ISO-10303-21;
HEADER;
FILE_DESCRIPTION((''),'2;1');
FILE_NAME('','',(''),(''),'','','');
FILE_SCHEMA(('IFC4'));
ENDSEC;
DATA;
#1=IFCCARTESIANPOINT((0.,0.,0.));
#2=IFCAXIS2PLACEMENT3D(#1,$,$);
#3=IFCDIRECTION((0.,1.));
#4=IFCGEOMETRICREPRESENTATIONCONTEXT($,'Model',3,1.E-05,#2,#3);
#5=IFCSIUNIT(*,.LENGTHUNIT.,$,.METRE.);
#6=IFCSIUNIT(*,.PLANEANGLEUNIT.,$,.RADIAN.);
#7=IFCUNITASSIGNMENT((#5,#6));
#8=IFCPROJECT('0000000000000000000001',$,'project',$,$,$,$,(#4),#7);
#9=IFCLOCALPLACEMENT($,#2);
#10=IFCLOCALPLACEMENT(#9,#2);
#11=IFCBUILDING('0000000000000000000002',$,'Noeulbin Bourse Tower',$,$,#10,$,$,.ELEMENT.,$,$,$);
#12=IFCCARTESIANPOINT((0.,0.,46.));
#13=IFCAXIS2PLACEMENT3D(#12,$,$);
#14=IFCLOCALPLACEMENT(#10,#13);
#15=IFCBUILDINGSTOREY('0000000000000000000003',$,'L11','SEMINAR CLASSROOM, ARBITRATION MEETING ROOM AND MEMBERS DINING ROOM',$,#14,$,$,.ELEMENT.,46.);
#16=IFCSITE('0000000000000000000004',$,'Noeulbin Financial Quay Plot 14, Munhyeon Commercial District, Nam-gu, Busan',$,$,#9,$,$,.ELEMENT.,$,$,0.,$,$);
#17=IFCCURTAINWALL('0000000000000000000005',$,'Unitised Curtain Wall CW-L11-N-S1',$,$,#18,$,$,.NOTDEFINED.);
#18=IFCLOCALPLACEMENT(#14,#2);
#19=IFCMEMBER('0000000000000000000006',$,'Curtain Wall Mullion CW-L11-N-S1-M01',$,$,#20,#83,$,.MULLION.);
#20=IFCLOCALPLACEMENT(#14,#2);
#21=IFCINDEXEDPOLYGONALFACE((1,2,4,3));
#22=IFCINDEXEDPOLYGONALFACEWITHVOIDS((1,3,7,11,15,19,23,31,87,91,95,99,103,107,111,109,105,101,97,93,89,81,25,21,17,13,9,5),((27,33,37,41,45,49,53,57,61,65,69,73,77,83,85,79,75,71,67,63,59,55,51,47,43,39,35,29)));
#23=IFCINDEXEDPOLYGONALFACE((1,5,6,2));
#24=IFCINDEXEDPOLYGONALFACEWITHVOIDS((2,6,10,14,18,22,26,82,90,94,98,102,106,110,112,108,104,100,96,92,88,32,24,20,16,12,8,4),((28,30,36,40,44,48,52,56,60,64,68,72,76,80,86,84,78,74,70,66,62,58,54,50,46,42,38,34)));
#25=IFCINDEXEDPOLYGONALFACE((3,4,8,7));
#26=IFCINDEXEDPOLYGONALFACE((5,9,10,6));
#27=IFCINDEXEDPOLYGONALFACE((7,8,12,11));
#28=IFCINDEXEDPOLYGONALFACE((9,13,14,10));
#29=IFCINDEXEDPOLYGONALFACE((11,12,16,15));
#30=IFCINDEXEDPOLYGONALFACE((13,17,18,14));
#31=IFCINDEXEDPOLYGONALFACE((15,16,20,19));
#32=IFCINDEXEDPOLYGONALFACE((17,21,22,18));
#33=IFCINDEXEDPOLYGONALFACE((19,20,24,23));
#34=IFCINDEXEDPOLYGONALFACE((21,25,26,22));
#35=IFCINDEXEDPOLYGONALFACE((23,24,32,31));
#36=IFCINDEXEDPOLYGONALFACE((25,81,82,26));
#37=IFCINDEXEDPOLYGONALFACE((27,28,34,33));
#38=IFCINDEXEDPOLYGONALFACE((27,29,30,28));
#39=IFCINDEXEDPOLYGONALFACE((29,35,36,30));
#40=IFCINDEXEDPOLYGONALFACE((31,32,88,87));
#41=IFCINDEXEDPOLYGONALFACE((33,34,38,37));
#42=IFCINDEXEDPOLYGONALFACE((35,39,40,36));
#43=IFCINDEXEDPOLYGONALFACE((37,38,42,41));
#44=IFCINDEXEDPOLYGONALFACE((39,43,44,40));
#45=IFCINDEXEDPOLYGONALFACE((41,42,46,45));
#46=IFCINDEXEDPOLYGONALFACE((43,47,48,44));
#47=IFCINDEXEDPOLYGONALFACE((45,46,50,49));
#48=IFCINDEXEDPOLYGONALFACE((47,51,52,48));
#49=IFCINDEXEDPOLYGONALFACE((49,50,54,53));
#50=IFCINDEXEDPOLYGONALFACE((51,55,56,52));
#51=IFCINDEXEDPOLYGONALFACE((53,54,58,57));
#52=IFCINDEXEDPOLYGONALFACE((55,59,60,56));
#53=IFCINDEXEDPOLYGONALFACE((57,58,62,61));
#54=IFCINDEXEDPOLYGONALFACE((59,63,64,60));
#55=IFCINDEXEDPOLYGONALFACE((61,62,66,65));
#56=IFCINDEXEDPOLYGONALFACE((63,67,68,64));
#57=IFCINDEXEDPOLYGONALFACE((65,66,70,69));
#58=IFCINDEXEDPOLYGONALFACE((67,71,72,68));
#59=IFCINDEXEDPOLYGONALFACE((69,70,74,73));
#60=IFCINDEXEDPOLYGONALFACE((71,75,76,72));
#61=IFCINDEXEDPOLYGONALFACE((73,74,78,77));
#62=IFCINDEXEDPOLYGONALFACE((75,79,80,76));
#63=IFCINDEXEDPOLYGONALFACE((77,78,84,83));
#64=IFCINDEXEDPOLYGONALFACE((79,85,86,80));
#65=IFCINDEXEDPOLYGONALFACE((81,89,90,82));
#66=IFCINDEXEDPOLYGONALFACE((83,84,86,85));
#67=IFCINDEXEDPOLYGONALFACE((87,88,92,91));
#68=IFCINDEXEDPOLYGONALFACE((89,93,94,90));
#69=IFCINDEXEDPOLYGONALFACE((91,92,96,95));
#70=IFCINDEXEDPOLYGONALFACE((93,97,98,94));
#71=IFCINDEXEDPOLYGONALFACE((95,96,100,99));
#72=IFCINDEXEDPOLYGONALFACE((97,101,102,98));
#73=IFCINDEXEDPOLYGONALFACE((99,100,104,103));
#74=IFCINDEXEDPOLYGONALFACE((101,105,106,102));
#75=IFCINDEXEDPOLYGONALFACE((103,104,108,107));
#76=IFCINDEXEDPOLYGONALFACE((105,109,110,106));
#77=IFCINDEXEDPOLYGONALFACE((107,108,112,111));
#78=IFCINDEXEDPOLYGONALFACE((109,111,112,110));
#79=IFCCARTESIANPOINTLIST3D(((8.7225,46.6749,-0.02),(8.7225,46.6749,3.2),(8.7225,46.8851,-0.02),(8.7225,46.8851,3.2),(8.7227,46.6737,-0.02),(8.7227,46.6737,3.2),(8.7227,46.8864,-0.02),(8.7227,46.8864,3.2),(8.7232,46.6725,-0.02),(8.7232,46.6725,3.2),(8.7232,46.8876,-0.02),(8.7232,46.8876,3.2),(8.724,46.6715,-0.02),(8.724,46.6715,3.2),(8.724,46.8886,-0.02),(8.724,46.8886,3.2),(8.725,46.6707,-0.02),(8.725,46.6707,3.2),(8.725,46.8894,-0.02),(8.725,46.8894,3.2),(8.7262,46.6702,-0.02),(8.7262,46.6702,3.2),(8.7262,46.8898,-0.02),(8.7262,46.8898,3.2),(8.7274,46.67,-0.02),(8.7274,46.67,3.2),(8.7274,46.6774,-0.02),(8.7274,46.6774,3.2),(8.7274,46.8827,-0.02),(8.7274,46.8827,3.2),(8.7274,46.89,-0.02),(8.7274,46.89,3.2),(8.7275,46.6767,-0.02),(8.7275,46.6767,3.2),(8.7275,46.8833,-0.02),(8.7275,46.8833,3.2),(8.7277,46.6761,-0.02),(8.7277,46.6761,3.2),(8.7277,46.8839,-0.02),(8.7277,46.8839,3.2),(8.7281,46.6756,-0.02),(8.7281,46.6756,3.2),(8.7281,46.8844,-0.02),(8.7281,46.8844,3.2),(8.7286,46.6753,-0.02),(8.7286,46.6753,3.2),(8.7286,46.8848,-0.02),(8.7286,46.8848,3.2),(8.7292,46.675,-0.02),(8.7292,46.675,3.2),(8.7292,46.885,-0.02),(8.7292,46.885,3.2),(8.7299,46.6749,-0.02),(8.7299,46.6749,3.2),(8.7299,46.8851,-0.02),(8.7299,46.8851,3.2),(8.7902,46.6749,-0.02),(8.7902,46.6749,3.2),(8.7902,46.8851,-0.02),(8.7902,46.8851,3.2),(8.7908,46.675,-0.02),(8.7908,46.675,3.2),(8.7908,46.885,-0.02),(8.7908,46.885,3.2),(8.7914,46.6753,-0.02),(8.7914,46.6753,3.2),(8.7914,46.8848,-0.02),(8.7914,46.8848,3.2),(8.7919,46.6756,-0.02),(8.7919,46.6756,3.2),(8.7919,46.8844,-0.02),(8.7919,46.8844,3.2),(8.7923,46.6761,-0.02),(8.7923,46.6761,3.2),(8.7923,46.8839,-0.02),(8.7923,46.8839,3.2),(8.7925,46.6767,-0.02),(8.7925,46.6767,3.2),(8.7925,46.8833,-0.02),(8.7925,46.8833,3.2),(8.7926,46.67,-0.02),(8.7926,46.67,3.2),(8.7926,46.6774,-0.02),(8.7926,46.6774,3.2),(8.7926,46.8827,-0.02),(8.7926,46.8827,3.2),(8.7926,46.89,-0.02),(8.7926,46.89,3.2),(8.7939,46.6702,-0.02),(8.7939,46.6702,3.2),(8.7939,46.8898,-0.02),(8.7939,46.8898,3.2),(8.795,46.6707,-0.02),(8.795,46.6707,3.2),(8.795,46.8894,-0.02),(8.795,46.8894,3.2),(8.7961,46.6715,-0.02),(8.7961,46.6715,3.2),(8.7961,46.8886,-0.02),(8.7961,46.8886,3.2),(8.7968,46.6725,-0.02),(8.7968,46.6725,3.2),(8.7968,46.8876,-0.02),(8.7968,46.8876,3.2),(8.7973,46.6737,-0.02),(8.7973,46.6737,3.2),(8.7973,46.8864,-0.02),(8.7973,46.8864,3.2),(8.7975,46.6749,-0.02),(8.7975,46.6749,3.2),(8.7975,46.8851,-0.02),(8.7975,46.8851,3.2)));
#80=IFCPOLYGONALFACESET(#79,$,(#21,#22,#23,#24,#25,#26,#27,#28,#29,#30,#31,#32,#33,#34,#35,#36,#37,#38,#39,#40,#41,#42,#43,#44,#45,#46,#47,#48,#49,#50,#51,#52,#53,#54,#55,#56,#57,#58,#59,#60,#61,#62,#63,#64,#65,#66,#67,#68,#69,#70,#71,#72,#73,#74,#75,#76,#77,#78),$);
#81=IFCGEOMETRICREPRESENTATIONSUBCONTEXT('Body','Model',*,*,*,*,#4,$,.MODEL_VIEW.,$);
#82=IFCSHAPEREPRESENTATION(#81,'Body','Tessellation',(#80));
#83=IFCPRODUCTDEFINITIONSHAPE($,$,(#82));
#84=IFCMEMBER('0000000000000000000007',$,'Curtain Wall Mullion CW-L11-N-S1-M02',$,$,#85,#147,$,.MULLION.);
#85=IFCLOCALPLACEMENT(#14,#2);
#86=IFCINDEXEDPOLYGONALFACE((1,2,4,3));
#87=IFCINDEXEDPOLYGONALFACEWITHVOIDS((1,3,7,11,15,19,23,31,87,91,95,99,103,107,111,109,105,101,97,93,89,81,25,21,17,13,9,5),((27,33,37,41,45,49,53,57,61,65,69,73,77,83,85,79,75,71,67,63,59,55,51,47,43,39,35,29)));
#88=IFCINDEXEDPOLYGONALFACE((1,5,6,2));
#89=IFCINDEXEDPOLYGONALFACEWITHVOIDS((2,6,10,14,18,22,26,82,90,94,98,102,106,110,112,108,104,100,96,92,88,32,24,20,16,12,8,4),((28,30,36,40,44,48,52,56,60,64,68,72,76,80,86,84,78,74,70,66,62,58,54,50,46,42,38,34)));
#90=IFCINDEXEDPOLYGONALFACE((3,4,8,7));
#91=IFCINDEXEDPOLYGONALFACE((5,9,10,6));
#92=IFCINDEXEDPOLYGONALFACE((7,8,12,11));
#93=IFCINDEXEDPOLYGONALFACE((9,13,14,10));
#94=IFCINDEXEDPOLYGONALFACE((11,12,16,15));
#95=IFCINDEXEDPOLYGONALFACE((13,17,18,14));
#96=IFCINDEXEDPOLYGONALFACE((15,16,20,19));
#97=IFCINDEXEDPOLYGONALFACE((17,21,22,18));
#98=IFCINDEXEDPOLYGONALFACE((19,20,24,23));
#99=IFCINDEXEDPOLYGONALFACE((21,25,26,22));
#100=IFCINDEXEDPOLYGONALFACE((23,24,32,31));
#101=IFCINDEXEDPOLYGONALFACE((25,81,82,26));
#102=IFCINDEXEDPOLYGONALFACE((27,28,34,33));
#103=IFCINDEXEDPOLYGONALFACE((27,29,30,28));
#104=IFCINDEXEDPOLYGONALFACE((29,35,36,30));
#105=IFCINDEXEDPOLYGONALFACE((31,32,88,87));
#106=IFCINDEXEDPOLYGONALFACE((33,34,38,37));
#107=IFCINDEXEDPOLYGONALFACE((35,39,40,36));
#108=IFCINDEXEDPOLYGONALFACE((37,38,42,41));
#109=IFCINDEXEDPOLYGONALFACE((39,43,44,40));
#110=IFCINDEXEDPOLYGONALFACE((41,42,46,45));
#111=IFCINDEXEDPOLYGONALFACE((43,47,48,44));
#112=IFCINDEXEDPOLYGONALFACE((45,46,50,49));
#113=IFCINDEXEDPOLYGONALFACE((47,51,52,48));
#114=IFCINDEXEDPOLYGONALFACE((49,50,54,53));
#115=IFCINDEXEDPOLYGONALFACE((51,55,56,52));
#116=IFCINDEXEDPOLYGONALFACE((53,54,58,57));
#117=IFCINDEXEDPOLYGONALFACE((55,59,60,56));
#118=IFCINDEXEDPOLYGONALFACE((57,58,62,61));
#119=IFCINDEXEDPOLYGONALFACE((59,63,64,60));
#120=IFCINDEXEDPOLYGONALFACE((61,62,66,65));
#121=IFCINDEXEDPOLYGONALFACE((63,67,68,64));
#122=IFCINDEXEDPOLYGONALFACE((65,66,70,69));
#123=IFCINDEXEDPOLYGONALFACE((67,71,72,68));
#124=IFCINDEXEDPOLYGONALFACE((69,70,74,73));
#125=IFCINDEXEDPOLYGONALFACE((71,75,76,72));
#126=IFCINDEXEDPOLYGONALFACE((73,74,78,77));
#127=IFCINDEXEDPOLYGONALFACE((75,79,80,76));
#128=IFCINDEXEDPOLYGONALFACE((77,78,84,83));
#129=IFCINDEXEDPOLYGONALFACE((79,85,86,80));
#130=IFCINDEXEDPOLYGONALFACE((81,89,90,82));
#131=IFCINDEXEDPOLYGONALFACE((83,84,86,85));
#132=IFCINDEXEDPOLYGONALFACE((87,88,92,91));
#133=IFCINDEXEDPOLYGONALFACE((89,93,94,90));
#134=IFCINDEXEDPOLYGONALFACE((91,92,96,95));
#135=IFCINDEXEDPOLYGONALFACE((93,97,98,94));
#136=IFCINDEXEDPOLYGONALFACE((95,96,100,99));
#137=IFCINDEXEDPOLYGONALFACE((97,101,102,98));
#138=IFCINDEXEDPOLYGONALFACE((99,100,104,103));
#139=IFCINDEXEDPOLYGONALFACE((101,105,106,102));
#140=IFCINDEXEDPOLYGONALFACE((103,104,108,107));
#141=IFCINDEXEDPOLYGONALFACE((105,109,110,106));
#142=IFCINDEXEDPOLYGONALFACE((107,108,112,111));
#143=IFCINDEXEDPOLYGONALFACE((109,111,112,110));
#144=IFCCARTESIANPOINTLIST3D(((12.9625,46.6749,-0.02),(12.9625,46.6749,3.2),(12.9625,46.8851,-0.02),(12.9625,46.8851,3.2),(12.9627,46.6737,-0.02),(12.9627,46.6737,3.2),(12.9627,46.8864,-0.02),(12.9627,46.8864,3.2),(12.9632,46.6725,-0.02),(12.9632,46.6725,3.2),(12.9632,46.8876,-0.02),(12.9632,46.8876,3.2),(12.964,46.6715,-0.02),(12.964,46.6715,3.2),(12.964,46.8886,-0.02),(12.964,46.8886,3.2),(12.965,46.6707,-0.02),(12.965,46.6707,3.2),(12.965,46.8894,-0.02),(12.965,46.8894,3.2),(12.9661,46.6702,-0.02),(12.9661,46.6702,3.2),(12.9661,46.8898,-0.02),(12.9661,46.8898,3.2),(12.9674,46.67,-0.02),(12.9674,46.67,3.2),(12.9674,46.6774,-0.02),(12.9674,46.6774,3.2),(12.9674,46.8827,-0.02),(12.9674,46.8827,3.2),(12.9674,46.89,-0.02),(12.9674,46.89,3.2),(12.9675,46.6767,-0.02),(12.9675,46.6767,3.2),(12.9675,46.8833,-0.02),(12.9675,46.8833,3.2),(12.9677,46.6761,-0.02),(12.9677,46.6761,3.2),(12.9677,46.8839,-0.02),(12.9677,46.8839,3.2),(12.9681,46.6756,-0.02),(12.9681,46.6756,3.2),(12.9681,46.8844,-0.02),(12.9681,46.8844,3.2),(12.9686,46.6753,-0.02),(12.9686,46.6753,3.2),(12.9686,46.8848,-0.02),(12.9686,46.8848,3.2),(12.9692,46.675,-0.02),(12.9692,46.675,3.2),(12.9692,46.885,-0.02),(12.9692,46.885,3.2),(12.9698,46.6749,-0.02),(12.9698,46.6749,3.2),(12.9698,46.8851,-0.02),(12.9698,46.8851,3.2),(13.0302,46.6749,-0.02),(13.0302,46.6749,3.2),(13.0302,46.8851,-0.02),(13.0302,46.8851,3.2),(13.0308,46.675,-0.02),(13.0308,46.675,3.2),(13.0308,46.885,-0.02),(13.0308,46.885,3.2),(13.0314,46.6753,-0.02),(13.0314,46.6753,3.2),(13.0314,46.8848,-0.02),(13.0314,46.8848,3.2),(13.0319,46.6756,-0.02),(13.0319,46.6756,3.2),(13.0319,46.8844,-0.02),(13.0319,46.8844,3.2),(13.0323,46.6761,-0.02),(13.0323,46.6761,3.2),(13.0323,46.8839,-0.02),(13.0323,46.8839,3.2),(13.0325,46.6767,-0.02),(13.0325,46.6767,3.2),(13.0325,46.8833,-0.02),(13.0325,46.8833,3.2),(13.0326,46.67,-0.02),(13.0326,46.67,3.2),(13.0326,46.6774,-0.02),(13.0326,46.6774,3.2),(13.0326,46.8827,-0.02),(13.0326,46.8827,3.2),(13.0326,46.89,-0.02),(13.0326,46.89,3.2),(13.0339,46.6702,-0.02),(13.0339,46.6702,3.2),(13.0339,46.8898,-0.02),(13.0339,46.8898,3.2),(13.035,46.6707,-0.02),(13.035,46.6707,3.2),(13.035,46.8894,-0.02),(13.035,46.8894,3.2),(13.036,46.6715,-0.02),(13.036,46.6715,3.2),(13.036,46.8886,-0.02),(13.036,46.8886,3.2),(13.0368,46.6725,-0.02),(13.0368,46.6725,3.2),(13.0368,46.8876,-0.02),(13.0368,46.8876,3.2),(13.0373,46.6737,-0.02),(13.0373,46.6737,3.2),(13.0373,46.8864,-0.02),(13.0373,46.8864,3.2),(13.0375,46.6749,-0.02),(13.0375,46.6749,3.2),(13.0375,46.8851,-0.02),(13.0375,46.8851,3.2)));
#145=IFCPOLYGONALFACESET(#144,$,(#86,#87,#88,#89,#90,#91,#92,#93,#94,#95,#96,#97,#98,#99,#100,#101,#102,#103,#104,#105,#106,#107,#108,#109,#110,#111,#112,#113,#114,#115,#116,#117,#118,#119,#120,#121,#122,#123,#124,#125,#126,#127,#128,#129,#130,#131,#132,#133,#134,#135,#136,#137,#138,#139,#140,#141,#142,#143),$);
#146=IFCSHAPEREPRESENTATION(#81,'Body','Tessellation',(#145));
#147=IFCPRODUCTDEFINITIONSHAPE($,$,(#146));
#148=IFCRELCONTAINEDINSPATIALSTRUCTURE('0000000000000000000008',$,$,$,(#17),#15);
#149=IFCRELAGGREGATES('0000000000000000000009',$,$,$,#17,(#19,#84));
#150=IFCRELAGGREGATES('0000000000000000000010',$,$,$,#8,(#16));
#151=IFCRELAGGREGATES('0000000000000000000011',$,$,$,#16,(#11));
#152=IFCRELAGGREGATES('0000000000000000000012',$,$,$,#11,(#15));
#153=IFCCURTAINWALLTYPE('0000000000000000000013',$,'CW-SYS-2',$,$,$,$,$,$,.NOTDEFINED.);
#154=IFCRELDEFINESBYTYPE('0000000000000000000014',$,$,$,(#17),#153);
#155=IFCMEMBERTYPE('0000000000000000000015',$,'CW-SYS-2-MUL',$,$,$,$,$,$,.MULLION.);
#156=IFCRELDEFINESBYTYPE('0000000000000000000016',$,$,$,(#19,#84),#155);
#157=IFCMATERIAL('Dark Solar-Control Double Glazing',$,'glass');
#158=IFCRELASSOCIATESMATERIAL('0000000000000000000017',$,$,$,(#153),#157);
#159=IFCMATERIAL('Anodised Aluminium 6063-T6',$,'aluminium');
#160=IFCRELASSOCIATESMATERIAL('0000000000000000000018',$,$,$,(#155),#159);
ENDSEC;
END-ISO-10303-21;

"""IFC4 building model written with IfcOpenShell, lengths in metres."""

from ifc_helpers import new_model, si_unit, direction, frame, origin, origin_2d, place, context, subcontext, project, spatial, hollow_rectangle, extrude, material, material_profile, profile_set, type_object, element, aggregate, save


model = new_model("IFC4")

# Units and contexts
model_context = context("Model", 3, precision=1e-05, world=origin(), true_north=direction((0.0, 1.0)))
body_context = subcontext(model_context, "Body", "Model", "MODEL_VIEW")
ifc_project = project(units=[si_unit("LENGTHUNIT", "METRE"), si_unit("PLANEANGLEUNIT", "RADIAN")], contexts=[model_context])

# Site, building, storey
site_placement = place(None, origin())
site = spatial("IfcSite", under=ifc_project, at=site_placement, Name="Noeulbin Financial Quay Plot 14, Munhyeon Commercial District, Nam-gu, Busan", CompositionType="ELEMENT", RefElevation=0.0)
building_placement = place(site_placement, origin())
building = spatial("IfcBuilding", under=site, at=building_placement, Name="Noeulbin Bourse Tower", CompositionType="ELEMENT")
storey_placement = place(building_placement, frame((0.0, 0.0, 46.0)))
storey = spatial("IfcBuildingStorey", under=building, at=storey_placement, Name="L11", Description="SEMINAR CLASSROOM, ARBITRATION MEETING ROOM AND MEMBERS DINING ROOM", CompositionType="ELEMENT", Elevation=46.0)

# Curtain wall, members
ifc_material_1 = material(Name="Dark Solar-Control Double Glazing", Category="glass")
curtain_wall_type = type_object("IfcCurtainWallType", Name="CW-SYS-2", PredefinedType="NOTDEFINED", material=ifc_material_1)
curtain_wall_1_placement = place(storey_placement, origin())
curtain_wall_1 = element("IfcCurtainWall", 1, at=curtain_wall_1_placement, inside=storey, type_object=curtain_wall_type, Name="Unitised Curtain Wall CW-L11-N-S1", PredefinedType="NOTDEFINED")
ifc_material_2 = material(Name="Anodised Aluminium 6063-T6", Category="aluminium")
ifc_material_profile_1 = material_profile(ifc_material_2, hollow_rectangle(XDim=0.075, YDim=0.22, WallThickness=0.0049, InnerFilletRadius=0.0024, OuterFilletRadius=0.0049, at=origin_2d()), Name="ALU-MULL-75x220x5", Category="LoadBearing")
ifc_profile_set_1 = profile_set([ifc_material_profile_1], Name="Anodised Aluminium 6063-T6")
member_type_1 = type_object("IfcMemberType", Name="CW-SYS-2-MUL", PredefinedType="MULLION", material=ifc_profile_set_1)
member_1_placement = place(storey_placement, frame((8.76, 46.78, -0.02), z_axis=(0.0, 0.0, 1.0), x_axis=(1.0, 0.0, 0.0)))
member_1 = element("IfcMember", 2, at=member_1_placement, type_object=member_type_1, Name="Curtain Wall Mullion CW-L11-N-S1-M01", PredefinedType="MULLION", context=body_context, shape_type="SweptSolid", body=[
    extrude(hollow_rectangle(XDim=0.075, YDim=0.22, WallThickness=0.0049, InnerFilletRadius=0.0024, OuterFilletRadius=0.0049, at=origin_2d()), origin(), (0.0, 0.0, 1.0), 3.22),
])
member_2_placement = place(storey_placement, frame((13.0, 46.78, -0.02), z_axis=(0.0, 0.0, 1.0), x_axis=(1.0, 0.0, 0.0)))
member_2 = element("IfcMember", 3, at=member_2_placement, type_object=member_type_1, Name="Curtain Wall Mullion CW-L11-N-S1-M02", PredefinedType="MULLION", context=body_context, shape_type="SweptSolid", body=[
    extrude(hollow_rectangle(XDim=0.075, YDim=0.22, WallThickness=0.0049, InnerFilletRadius=0.0024, OuterFilletRadius=0.0049, at=origin_2d()), origin(), (0.0, 0.0, 1.0), 3.22),
])

aggregate(curtain_wall_1, [member_1, member_2])

save(model, "model.ifc")
